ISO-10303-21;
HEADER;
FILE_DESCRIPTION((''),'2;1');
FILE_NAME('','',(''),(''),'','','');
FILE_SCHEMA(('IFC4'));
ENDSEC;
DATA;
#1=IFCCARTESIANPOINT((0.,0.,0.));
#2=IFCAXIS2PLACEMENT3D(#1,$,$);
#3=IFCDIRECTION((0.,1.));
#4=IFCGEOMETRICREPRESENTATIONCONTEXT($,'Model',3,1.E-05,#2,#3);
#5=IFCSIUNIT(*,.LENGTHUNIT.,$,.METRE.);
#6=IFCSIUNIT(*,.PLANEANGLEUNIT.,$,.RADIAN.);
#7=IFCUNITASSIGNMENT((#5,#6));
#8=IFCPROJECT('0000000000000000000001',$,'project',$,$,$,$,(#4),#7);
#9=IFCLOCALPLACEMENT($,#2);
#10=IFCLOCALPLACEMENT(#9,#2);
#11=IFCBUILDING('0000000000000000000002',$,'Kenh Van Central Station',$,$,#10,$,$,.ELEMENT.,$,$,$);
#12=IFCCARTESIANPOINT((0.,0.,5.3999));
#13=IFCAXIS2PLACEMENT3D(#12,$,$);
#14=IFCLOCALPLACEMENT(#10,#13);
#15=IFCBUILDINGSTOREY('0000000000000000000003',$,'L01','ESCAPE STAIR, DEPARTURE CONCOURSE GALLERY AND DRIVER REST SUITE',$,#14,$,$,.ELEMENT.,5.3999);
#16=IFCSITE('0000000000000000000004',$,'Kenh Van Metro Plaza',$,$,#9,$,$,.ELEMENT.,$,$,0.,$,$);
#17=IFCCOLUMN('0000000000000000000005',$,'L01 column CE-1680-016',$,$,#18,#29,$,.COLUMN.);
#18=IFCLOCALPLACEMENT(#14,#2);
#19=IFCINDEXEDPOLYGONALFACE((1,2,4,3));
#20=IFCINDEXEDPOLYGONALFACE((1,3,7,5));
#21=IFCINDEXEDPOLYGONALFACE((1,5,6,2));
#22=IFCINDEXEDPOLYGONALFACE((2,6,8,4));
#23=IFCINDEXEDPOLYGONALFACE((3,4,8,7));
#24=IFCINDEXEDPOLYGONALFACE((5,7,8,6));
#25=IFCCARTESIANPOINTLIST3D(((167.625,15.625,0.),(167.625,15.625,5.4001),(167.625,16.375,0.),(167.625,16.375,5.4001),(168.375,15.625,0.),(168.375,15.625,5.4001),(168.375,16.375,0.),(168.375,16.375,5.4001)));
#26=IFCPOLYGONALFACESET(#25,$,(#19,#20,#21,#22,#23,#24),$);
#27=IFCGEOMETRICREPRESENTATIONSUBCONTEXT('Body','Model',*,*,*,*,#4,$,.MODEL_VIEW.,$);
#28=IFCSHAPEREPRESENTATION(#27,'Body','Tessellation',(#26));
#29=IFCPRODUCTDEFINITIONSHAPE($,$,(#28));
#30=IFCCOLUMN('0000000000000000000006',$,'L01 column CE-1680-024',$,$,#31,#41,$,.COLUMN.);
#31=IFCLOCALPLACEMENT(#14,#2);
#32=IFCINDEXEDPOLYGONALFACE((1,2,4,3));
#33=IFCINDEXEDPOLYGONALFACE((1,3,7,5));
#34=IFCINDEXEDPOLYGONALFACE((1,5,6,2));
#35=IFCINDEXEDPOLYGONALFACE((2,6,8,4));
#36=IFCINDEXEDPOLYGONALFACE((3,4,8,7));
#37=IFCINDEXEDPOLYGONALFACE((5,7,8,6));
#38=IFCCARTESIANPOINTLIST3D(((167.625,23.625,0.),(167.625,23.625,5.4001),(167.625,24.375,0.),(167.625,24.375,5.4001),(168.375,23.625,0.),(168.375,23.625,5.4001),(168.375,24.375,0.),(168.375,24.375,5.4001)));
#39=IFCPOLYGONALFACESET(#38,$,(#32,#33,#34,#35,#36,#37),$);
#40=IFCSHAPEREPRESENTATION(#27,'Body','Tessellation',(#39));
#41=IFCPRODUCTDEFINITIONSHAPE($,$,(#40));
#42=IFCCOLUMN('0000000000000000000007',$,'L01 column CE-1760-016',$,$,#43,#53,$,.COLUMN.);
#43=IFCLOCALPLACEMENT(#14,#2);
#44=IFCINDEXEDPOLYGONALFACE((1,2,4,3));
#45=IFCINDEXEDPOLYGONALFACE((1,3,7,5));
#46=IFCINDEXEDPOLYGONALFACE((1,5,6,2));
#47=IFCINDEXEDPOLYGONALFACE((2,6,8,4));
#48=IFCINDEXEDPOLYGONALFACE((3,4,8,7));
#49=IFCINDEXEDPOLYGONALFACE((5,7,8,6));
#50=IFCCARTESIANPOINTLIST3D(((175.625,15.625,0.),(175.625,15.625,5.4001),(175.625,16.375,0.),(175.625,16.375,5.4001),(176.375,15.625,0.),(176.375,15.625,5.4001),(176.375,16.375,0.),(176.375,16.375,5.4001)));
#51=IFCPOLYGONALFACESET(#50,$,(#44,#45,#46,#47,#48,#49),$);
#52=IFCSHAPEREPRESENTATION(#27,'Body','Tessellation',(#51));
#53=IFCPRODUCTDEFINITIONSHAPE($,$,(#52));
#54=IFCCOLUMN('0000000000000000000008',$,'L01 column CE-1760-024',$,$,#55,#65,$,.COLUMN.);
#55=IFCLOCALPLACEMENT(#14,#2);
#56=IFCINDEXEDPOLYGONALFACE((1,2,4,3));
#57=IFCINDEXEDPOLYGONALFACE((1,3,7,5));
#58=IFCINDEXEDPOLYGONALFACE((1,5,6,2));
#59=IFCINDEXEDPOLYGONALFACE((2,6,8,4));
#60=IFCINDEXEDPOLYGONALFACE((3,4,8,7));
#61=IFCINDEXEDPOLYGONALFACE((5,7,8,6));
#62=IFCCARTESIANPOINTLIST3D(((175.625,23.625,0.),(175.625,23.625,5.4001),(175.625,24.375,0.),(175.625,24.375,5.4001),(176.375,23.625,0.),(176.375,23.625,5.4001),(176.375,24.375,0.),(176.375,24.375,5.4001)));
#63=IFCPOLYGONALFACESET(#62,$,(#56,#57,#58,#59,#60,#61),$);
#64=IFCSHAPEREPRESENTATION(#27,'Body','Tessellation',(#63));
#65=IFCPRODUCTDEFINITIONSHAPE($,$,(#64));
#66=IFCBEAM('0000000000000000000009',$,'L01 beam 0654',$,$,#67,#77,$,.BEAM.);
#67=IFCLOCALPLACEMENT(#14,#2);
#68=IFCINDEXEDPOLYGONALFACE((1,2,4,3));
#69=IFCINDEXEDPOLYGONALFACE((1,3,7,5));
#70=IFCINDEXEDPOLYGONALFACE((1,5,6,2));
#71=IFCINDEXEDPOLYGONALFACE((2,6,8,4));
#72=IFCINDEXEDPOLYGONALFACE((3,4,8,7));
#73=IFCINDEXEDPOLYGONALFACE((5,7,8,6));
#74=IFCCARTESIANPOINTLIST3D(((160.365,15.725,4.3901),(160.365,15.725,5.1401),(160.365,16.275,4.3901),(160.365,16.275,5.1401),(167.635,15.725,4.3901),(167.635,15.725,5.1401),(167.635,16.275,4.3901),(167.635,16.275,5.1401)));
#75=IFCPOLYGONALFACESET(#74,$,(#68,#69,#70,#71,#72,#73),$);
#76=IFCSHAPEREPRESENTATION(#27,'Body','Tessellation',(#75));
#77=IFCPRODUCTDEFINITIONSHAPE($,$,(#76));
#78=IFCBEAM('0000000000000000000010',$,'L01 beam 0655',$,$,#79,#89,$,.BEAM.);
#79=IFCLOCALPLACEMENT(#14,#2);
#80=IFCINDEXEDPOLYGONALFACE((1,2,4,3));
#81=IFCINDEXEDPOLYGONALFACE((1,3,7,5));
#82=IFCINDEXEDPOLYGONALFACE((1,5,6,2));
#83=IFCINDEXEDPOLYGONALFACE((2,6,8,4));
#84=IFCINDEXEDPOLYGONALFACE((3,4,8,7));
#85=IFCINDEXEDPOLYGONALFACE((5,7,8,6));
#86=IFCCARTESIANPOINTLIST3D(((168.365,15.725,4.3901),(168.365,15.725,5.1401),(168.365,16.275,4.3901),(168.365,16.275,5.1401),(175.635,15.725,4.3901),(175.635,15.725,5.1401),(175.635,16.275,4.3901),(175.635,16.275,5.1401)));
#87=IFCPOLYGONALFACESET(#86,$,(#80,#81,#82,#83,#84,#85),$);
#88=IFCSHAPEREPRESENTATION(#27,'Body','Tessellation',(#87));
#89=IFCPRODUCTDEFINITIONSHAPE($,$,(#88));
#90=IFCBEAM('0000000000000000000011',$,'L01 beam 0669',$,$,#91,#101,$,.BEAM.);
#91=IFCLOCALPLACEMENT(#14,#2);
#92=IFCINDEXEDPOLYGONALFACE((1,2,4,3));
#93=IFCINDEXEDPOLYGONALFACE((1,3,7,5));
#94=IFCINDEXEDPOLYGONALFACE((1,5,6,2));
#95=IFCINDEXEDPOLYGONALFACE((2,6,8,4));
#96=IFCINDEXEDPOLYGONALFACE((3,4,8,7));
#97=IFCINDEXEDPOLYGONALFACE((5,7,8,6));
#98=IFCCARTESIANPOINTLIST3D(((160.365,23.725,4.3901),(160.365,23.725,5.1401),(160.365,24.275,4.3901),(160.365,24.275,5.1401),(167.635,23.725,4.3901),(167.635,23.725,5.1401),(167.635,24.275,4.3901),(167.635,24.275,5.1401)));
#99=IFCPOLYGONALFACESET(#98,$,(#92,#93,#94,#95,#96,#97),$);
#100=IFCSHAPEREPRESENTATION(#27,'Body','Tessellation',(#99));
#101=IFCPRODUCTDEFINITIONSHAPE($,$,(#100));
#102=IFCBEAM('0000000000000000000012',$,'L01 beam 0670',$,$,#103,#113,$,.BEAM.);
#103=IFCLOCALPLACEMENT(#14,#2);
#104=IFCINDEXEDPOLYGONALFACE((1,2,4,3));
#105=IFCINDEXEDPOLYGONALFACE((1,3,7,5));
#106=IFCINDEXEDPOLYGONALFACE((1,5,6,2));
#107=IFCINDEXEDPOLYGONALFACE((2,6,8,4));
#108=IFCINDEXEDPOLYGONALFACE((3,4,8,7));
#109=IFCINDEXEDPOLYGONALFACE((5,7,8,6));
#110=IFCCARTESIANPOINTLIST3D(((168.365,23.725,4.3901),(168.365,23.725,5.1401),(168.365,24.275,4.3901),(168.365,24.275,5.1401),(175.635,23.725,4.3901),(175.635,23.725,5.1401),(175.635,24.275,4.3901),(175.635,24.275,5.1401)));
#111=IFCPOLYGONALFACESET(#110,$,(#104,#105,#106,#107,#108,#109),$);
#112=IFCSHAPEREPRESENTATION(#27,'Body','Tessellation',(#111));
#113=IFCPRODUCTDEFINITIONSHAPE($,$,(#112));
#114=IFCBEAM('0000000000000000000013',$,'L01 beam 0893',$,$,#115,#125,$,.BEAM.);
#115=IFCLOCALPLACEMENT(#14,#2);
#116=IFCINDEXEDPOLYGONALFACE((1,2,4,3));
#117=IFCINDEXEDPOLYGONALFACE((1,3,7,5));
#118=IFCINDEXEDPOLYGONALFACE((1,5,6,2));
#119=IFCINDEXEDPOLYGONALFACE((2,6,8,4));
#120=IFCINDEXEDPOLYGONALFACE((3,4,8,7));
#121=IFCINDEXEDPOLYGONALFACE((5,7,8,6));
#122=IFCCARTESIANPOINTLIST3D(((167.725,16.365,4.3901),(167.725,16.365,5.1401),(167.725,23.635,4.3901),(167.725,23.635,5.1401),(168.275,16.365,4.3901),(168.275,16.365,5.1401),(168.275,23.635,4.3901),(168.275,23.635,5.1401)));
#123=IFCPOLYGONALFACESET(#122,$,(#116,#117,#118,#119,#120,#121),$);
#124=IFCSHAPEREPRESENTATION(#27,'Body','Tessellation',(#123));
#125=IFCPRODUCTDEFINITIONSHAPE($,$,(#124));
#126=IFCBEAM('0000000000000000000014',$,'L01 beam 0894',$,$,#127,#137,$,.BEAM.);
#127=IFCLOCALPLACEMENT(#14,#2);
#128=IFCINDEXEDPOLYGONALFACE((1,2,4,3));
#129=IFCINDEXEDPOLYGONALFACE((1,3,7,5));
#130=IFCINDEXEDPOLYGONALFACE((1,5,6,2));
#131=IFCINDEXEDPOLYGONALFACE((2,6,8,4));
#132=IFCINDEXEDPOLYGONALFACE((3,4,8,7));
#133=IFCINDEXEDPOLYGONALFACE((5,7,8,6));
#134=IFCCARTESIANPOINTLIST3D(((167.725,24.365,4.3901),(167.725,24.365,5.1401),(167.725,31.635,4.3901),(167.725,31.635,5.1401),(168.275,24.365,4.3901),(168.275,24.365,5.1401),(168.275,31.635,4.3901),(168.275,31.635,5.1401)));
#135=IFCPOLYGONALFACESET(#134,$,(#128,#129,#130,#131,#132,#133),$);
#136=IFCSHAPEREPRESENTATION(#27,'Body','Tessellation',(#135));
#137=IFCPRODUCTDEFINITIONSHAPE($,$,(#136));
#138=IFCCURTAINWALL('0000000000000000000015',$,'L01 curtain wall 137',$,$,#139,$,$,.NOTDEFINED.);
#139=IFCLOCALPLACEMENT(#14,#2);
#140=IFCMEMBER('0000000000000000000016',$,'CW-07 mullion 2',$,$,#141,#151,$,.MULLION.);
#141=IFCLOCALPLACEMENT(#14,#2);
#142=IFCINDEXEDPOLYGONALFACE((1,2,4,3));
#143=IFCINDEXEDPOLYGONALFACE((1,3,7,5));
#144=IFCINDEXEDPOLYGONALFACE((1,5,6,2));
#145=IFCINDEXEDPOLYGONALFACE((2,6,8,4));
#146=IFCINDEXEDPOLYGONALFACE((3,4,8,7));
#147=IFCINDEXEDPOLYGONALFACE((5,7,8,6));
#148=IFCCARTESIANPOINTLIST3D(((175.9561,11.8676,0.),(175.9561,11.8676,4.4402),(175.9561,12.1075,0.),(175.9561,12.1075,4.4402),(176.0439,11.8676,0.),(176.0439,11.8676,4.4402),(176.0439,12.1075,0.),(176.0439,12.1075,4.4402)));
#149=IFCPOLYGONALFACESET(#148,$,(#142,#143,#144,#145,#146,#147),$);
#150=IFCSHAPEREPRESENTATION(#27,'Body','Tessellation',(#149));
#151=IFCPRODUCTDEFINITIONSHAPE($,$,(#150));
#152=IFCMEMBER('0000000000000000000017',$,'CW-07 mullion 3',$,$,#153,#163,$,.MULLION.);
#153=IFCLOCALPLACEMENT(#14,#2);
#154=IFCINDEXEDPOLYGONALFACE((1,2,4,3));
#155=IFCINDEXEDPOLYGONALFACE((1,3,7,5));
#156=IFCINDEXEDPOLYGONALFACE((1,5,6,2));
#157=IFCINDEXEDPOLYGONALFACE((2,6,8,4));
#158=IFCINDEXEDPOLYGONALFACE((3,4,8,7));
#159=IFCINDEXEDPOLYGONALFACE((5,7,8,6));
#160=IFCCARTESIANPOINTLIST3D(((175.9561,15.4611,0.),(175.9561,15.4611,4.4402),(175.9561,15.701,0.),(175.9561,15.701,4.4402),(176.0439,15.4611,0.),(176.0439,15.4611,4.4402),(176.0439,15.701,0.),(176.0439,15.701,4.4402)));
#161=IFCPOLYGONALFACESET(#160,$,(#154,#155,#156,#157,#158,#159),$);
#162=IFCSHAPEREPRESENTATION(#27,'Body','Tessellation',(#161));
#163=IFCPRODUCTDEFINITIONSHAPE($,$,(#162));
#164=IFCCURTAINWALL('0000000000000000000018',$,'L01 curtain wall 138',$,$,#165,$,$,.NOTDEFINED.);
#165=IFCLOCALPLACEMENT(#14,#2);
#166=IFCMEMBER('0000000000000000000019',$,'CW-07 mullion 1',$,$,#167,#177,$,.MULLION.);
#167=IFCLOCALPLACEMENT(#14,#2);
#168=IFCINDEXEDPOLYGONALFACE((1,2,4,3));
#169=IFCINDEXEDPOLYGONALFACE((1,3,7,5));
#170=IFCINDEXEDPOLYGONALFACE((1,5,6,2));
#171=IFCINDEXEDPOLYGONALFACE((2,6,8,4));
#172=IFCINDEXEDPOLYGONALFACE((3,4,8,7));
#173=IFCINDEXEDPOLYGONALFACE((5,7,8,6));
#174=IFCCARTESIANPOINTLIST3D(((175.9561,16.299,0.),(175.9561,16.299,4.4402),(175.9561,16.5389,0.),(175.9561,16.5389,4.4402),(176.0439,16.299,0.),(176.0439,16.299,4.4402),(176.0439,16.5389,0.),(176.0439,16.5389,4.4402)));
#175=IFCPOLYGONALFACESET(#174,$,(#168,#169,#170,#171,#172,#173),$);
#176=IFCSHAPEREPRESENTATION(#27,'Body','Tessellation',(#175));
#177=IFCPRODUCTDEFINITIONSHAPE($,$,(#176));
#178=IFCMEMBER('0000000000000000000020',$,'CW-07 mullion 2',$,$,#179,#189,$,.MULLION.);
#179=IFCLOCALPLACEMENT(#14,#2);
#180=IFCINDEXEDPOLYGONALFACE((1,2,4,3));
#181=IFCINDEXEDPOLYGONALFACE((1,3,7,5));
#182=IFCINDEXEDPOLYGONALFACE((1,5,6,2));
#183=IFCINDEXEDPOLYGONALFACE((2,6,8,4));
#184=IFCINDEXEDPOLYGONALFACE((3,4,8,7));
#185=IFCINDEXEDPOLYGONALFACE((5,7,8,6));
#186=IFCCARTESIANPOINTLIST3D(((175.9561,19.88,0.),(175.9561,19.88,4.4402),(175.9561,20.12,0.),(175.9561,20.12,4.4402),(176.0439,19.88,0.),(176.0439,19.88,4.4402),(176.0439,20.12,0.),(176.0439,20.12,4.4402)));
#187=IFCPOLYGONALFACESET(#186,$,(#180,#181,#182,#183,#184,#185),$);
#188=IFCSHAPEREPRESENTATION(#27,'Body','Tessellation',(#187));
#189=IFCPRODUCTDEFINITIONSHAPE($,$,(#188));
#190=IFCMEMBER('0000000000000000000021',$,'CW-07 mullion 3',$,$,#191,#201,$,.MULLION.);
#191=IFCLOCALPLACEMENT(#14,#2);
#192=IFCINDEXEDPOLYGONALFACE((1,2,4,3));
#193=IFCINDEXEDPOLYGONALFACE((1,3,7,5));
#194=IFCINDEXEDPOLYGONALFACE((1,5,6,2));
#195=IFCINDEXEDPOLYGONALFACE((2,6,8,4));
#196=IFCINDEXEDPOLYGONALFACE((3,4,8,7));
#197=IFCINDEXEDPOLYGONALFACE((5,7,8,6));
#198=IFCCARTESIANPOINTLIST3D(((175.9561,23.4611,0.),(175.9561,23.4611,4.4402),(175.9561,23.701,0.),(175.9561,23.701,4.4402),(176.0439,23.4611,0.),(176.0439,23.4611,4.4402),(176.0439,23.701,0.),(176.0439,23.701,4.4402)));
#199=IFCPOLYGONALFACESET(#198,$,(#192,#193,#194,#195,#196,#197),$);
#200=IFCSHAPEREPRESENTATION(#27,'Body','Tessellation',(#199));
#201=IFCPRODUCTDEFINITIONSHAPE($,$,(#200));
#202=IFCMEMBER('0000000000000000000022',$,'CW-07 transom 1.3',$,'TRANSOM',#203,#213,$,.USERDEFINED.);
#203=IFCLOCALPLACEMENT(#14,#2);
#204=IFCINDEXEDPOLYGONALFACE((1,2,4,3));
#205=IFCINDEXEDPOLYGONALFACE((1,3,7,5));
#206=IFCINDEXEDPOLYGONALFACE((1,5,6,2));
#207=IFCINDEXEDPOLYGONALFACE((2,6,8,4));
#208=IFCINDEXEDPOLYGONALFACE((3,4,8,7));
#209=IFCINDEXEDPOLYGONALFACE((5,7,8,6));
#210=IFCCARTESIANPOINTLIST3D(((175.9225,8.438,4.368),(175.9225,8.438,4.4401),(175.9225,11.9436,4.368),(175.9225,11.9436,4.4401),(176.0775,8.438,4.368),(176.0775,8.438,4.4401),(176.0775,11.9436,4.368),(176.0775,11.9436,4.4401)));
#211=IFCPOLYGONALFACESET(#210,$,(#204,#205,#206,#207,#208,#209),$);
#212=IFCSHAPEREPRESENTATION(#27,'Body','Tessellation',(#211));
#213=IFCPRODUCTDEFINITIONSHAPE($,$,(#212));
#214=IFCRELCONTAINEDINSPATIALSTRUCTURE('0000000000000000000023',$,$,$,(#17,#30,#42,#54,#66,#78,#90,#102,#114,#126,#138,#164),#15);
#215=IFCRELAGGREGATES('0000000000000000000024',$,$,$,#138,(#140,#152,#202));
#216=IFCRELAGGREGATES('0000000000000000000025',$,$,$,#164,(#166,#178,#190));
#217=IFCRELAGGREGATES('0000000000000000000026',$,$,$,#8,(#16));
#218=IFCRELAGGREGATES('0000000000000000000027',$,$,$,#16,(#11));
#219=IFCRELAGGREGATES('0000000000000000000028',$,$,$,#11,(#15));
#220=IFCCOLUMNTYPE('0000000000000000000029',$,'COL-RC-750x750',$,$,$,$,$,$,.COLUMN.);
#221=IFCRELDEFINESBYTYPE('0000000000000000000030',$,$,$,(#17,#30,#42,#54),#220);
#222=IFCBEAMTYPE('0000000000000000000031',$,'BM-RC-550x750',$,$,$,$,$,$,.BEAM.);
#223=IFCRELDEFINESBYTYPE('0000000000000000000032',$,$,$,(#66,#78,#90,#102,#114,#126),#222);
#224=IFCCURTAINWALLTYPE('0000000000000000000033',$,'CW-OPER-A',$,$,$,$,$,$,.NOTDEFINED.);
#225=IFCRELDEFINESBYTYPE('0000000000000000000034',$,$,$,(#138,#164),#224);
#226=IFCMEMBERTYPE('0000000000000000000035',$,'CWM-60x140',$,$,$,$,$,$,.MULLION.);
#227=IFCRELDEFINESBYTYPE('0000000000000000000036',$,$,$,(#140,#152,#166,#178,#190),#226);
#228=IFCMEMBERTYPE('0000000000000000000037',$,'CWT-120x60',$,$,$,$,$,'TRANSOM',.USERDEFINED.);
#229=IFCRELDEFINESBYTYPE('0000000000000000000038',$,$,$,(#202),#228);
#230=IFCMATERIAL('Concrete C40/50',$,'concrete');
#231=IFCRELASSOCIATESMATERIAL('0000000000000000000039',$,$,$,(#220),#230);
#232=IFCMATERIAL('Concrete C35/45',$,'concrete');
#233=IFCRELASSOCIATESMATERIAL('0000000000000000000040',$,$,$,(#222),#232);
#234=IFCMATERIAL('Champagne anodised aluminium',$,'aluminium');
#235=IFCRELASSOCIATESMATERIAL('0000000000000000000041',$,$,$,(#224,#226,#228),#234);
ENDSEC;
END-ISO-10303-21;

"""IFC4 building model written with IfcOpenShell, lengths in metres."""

from ifc_helpers import new_model, si_unit, direction, frame, origin, origin_2d, place, context, subcontext, project, spatial, rectangle, extrude, material, material_profile, profile_set, type_object, element, aggregate, save


model = new_model("IFC4")

# Units and contexts
model_context = context("Model", 3, precision=1e-05, world=origin(), true_north=direction((0.0, 1.0)))
body_context = subcontext(model_context, "Body", "Model", "MODEL_VIEW")
ifc_project = project(units=[si_unit("LENGTHUNIT", "METRE"), si_unit("PLANEANGLEUNIT", "RADIAN")], contexts=[model_context])

# Site, building, storey
site_placement = place(None, origin())
site = spatial("IfcSite", under=ifc_project, at=site_placement, Name="Kenh Van Metro Plaza", CompositionType="ELEMENT", RefElevation=0.0)
building_placement = place(site_placement, origin())
building = spatial("IfcBuilding", under=site, at=building_placement, Name="Kenh Van Central Station", CompositionType="ELEMENT")
storey_placement = place(building_placement, frame((0.0, 0.0, 5.3999)))
storey = spatial("IfcBuildingStorey", under=building, at=storey_placement, Name="L01", Description="ESCAPE STAIR, DEPARTURE CONCOURSE GALLERY AND DRIVER REST SUITE", CompositionType="ELEMENT", Elevation=5.3999)

# Columns
ifc_material_1 = material(Name="Concrete C40/50", Category="concrete")
ifc_material_profile_1 = material_profile(ifc_material_1, rectangle(XDim=0.75, YDim=0.75, at=origin_2d()), Name="RC 750x750")
ifc_profile_set_1 = profile_set([ifc_material_profile_1], Name="Concrete C40/50")
column_type = type_object("IfcColumnType", Name="COL-RC-750x750", PredefinedType="COLUMN", material=ifc_profile_set_1)
for number, where, z_axis, x_axis, name in (
    (1, (168.0, 16.0, 0.0), (0.0, 0.0, 1.0), (1.0, 0.0, 0.0), "L01 column CE-1680-016"),
    (2, (168.0, 24.0, 0.0), (0.0, 0.0, 1.0), (1.0, 0.0, 0.0), "L01 column CE-1680-024"),
    (3, (176.0, 16.0, 0.0), (0.0, 0.0, 1.0), (1.0, 0.0, 0.0), "L01 column CE-1760-016"),
    (4, (176.0, 24.0, 0.0), (0.0, 0.0, 1.0), (1.0, 0.0, 0.0), "L01 column CE-1760-024"),
):
    element("IfcColumn", number, at=place(storey_placement, frame(where, z_axis=z_axis, x_axis=x_axis)), inside=storey, type_object=column_type, Name=name, PredefinedType="COLUMN", context=body_context, shape_type="SweptSolid", body=[
        extrude(rectangle(XDim=0.75, YDim=0.75, at=origin_2d()), origin(), (0.0, 0.0, 1.0), 5.4001),
    ])

# Beams
ifc_material_2 = material(Name="Concrete C35/45", Category="concrete")
ifc_material_profile_2 = material_profile(ifc_material_2, rectangle(XDim=0.55, YDim=0.75, at=origin_2d()), Name="RC 550x750")
ifc_profile_set_2 = profile_set([ifc_material_profile_2], Name="Concrete C35/45")
beam_type_1 = type_object("IfcBeamType", Name="BM-RC-550x750", PredefinedType="BEAM", material=ifc_profile_set_2)
for number, where, z_axis, x_axis, name in (
    (5, (160.365, 16.0, 4.7651), (1.0, 0.0, 0.0), (0.0, 1.0, 0.0), "L01 beam 0654"),
    (6, (168.365, 16.0, 4.7651), (1.0, 0.0, 0.0), (0.0, 1.0, 0.0), "L01 beam 0655"),
    (7, (160.365, 24.0, 4.7651), (1.0, 0.0, 0.0), (0.0, 1.0, 0.0), "L01 beam 0669"),
    (8, (168.365, 24.0, 4.7651), (1.0, 0.0, 0.0), (0.0, 1.0, 0.0), "L01 beam 0670"),
    (9, (168.0, 16.365, 4.7651), (0.0, 1.0, 0.0), (-1.0, 0.0, 0.0), "L01 beam 0893"),
    (10, (168.0, 24.365, 4.7651), (0.0, 1.0, 0.0), (-1.0, 0.0, 0.0), "L01 beam 0894"),
):
    element("IfcBeam", number, at=place(storey_placement, frame(where, z_axis=z_axis, x_axis=x_axis)), inside=storey, type_object=beam_type_1, Name=name, PredefinedType="BEAM", context=body_context, shape_type="SweptSolid", body=[
        extrude(rectangle(XDim=0.55, YDim=0.75, at=origin_2d()), origin(), (0.0, 0.0, 1.0), 7.27),
    ])

# Curtain walls, members
ifc_material_3 = material(Name="Champagne anodised aluminium", Category="aluminium")
curtain_wall_type = type_object("IfcCurtainWallType", Name="CW-OPER-A", PredefinedType="NOTDEFINED", material=ifc_material_3)
curtain_wall_1_placement = place(storey_placement, origin())
curtain_wall_1 = element("IfcCurtainWall", 11, at=curtain_wall_1_placement, inside=storey, type_object=curtain_wall_type, Name="L01 curtain wall 137", PredefinedType="NOTDEFINED")
ifc_material_profile_3 = material_profile(ifc_material_3, rectangle(XDim=0.0879, YDim=0.24, at=origin_2d()), Name="AL 88x240")
ifc_profile_set_3 = profile_set([ifc_material_profile_3], Name="Champagne anodised aluminium")
member_type_1 = type_object("IfcMemberType", Name="CWM-60x140", PredefinedType="MULLION", material=ifc_profile_set_3)
member_1_placement = place(storey_placement, frame((176.0, 11.9875, 0.0), z_axis=(0.0, 0.0, 1.0), x_axis=(-1.0, 0.0, 0.0)))
member_1 = element("IfcMember", 12, at=member_1_placement, type_object=member_type_1, Name="CW-07 mullion 2", PredefinedType="MULLION", context=body_context, shape_type="SweptSolid", body=[
    extrude(rectangle(XDim=0.0879, YDim=0.24, at=origin_2d()), origin(), (0.0, 0.0, 1.0), 4.4402),
])
member_2_placement = place(storey_placement, frame((176.0, 15.5811, 0.0), z_axis=(0.0, 0.0, 1.0), x_axis=(-1.0, 0.0, 0.0)))
member_2 = element("IfcMember", 13, at=member_2_placement, type_object=member_type_1, Name="CW-07 mullion 3", PredefinedType="MULLION", context=body_context, shape_type="SweptSolid", body=[
    extrude(rectangle(XDim=0.0879, YDim=0.24, at=origin_2d()), origin(), (0.0, 0.0, 1.0), 4.4402),
])
curtain_wall_2_placement = place(storey_placement, origin())
curtain_wall_2 = element("IfcCurtainWall", 14, at=curtain_wall_2_placement, inside=storey, type_object=curtain_wall_type, Name="L01 curtain wall 138", PredefinedType="NOTDEFINED")
member_3_placement = place(storey_placement, frame((176.0, 16.4189, 0.0), z_axis=(0.0, 0.0, 1.0), x_axis=(-1.0, 0.0, 0.0)))
member_3 = element("IfcMember", 15, at=member_3_placement, type_object=member_type_1, Name="CW-07 mullion 1", PredefinedType="MULLION", context=body_context, shape_type="SweptSolid", body=[
    extrude(rectangle(XDim=0.0879, YDim=0.24, at=origin_2d()), origin(), (0.0, 0.0, 1.0), 4.4402),
])
member_4_placement = place(storey_placement, frame((176.0, 20.0, 0.0), z_axis=(0.0, 0.0, 1.0), x_axis=(-1.0, 0.0, 0.0)))
member_4 = element("IfcMember", 16, at=member_4_placement, type_object=member_type_1, Name="CW-07 mullion 2", PredefinedType="MULLION", context=body_context, shape_type="SweptSolid", body=[
    extrude(rectangle(XDim=0.0879, YDim=0.24, at=origin_2d()), origin(), (0.0, 0.0, 1.0), 4.4402),
])
member_5_placement = place(storey_placement, frame((176.0, 23.5811, 0.0), z_axis=(0.0, 0.0, 1.0), x_axis=(-1.0, 0.0, 0.0)))
member_5 = element("IfcMember", 17, at=member_5_placement, type_object=member_type_1, Name="CW-07 mullion 3", PredefinedType="MULLION", context=body_context, shape_type="SweptSolid", body=[
    extrude(rectangle(XDim=0.0879, YDim=0.24, at=origin_2d()), origin(), (0.0, 0.0, 1.0), 4.4402),
])

# Member
ifc_material_profile_4 = material_profile(ifc_material_3, rectangle(XDim=0.155, YDim=0.072, at=origin_2d()), Name="AL 155x72")
ifc_profile_set_4 = profile_set([ifc_material_profile_4], Name="Champagne anodised aluminium")
member_type_2 = type_object("IfcMemberType", Name="CWT-120x60", ElementType="TRANSOM", PredefinedType="USERDEFINED", material=ifc_profile_set_4)
member_6_placement = place(storey_placement, frame((176.0, 8.438, 4.4041), z_axis=(0.0, 1.0, 0.0), x_axis=(-1.0, 0.0, 0.0)))
member_6 = element("IfcMember", 18, at=member_6_placement, type_object=member_type_2, Name="CW-07 transom 1.3", ObjectType="TRANSOM", PredefinedType="USERDEFINED", context=body_context, shape_type="SweptSolid", body=[
    extrude(rectangle(XDim=0.155, YDim=0.072, at=origin_2d()), origin(), (0.0, 0.0, 1.0), 3.5056),
])

aggregate(curtain_wall_1, [member_1, member_2, member_6])
aggregate(curtain_wall_2, [member_3, member_4, member_5])

save(model, "model.ifc")
